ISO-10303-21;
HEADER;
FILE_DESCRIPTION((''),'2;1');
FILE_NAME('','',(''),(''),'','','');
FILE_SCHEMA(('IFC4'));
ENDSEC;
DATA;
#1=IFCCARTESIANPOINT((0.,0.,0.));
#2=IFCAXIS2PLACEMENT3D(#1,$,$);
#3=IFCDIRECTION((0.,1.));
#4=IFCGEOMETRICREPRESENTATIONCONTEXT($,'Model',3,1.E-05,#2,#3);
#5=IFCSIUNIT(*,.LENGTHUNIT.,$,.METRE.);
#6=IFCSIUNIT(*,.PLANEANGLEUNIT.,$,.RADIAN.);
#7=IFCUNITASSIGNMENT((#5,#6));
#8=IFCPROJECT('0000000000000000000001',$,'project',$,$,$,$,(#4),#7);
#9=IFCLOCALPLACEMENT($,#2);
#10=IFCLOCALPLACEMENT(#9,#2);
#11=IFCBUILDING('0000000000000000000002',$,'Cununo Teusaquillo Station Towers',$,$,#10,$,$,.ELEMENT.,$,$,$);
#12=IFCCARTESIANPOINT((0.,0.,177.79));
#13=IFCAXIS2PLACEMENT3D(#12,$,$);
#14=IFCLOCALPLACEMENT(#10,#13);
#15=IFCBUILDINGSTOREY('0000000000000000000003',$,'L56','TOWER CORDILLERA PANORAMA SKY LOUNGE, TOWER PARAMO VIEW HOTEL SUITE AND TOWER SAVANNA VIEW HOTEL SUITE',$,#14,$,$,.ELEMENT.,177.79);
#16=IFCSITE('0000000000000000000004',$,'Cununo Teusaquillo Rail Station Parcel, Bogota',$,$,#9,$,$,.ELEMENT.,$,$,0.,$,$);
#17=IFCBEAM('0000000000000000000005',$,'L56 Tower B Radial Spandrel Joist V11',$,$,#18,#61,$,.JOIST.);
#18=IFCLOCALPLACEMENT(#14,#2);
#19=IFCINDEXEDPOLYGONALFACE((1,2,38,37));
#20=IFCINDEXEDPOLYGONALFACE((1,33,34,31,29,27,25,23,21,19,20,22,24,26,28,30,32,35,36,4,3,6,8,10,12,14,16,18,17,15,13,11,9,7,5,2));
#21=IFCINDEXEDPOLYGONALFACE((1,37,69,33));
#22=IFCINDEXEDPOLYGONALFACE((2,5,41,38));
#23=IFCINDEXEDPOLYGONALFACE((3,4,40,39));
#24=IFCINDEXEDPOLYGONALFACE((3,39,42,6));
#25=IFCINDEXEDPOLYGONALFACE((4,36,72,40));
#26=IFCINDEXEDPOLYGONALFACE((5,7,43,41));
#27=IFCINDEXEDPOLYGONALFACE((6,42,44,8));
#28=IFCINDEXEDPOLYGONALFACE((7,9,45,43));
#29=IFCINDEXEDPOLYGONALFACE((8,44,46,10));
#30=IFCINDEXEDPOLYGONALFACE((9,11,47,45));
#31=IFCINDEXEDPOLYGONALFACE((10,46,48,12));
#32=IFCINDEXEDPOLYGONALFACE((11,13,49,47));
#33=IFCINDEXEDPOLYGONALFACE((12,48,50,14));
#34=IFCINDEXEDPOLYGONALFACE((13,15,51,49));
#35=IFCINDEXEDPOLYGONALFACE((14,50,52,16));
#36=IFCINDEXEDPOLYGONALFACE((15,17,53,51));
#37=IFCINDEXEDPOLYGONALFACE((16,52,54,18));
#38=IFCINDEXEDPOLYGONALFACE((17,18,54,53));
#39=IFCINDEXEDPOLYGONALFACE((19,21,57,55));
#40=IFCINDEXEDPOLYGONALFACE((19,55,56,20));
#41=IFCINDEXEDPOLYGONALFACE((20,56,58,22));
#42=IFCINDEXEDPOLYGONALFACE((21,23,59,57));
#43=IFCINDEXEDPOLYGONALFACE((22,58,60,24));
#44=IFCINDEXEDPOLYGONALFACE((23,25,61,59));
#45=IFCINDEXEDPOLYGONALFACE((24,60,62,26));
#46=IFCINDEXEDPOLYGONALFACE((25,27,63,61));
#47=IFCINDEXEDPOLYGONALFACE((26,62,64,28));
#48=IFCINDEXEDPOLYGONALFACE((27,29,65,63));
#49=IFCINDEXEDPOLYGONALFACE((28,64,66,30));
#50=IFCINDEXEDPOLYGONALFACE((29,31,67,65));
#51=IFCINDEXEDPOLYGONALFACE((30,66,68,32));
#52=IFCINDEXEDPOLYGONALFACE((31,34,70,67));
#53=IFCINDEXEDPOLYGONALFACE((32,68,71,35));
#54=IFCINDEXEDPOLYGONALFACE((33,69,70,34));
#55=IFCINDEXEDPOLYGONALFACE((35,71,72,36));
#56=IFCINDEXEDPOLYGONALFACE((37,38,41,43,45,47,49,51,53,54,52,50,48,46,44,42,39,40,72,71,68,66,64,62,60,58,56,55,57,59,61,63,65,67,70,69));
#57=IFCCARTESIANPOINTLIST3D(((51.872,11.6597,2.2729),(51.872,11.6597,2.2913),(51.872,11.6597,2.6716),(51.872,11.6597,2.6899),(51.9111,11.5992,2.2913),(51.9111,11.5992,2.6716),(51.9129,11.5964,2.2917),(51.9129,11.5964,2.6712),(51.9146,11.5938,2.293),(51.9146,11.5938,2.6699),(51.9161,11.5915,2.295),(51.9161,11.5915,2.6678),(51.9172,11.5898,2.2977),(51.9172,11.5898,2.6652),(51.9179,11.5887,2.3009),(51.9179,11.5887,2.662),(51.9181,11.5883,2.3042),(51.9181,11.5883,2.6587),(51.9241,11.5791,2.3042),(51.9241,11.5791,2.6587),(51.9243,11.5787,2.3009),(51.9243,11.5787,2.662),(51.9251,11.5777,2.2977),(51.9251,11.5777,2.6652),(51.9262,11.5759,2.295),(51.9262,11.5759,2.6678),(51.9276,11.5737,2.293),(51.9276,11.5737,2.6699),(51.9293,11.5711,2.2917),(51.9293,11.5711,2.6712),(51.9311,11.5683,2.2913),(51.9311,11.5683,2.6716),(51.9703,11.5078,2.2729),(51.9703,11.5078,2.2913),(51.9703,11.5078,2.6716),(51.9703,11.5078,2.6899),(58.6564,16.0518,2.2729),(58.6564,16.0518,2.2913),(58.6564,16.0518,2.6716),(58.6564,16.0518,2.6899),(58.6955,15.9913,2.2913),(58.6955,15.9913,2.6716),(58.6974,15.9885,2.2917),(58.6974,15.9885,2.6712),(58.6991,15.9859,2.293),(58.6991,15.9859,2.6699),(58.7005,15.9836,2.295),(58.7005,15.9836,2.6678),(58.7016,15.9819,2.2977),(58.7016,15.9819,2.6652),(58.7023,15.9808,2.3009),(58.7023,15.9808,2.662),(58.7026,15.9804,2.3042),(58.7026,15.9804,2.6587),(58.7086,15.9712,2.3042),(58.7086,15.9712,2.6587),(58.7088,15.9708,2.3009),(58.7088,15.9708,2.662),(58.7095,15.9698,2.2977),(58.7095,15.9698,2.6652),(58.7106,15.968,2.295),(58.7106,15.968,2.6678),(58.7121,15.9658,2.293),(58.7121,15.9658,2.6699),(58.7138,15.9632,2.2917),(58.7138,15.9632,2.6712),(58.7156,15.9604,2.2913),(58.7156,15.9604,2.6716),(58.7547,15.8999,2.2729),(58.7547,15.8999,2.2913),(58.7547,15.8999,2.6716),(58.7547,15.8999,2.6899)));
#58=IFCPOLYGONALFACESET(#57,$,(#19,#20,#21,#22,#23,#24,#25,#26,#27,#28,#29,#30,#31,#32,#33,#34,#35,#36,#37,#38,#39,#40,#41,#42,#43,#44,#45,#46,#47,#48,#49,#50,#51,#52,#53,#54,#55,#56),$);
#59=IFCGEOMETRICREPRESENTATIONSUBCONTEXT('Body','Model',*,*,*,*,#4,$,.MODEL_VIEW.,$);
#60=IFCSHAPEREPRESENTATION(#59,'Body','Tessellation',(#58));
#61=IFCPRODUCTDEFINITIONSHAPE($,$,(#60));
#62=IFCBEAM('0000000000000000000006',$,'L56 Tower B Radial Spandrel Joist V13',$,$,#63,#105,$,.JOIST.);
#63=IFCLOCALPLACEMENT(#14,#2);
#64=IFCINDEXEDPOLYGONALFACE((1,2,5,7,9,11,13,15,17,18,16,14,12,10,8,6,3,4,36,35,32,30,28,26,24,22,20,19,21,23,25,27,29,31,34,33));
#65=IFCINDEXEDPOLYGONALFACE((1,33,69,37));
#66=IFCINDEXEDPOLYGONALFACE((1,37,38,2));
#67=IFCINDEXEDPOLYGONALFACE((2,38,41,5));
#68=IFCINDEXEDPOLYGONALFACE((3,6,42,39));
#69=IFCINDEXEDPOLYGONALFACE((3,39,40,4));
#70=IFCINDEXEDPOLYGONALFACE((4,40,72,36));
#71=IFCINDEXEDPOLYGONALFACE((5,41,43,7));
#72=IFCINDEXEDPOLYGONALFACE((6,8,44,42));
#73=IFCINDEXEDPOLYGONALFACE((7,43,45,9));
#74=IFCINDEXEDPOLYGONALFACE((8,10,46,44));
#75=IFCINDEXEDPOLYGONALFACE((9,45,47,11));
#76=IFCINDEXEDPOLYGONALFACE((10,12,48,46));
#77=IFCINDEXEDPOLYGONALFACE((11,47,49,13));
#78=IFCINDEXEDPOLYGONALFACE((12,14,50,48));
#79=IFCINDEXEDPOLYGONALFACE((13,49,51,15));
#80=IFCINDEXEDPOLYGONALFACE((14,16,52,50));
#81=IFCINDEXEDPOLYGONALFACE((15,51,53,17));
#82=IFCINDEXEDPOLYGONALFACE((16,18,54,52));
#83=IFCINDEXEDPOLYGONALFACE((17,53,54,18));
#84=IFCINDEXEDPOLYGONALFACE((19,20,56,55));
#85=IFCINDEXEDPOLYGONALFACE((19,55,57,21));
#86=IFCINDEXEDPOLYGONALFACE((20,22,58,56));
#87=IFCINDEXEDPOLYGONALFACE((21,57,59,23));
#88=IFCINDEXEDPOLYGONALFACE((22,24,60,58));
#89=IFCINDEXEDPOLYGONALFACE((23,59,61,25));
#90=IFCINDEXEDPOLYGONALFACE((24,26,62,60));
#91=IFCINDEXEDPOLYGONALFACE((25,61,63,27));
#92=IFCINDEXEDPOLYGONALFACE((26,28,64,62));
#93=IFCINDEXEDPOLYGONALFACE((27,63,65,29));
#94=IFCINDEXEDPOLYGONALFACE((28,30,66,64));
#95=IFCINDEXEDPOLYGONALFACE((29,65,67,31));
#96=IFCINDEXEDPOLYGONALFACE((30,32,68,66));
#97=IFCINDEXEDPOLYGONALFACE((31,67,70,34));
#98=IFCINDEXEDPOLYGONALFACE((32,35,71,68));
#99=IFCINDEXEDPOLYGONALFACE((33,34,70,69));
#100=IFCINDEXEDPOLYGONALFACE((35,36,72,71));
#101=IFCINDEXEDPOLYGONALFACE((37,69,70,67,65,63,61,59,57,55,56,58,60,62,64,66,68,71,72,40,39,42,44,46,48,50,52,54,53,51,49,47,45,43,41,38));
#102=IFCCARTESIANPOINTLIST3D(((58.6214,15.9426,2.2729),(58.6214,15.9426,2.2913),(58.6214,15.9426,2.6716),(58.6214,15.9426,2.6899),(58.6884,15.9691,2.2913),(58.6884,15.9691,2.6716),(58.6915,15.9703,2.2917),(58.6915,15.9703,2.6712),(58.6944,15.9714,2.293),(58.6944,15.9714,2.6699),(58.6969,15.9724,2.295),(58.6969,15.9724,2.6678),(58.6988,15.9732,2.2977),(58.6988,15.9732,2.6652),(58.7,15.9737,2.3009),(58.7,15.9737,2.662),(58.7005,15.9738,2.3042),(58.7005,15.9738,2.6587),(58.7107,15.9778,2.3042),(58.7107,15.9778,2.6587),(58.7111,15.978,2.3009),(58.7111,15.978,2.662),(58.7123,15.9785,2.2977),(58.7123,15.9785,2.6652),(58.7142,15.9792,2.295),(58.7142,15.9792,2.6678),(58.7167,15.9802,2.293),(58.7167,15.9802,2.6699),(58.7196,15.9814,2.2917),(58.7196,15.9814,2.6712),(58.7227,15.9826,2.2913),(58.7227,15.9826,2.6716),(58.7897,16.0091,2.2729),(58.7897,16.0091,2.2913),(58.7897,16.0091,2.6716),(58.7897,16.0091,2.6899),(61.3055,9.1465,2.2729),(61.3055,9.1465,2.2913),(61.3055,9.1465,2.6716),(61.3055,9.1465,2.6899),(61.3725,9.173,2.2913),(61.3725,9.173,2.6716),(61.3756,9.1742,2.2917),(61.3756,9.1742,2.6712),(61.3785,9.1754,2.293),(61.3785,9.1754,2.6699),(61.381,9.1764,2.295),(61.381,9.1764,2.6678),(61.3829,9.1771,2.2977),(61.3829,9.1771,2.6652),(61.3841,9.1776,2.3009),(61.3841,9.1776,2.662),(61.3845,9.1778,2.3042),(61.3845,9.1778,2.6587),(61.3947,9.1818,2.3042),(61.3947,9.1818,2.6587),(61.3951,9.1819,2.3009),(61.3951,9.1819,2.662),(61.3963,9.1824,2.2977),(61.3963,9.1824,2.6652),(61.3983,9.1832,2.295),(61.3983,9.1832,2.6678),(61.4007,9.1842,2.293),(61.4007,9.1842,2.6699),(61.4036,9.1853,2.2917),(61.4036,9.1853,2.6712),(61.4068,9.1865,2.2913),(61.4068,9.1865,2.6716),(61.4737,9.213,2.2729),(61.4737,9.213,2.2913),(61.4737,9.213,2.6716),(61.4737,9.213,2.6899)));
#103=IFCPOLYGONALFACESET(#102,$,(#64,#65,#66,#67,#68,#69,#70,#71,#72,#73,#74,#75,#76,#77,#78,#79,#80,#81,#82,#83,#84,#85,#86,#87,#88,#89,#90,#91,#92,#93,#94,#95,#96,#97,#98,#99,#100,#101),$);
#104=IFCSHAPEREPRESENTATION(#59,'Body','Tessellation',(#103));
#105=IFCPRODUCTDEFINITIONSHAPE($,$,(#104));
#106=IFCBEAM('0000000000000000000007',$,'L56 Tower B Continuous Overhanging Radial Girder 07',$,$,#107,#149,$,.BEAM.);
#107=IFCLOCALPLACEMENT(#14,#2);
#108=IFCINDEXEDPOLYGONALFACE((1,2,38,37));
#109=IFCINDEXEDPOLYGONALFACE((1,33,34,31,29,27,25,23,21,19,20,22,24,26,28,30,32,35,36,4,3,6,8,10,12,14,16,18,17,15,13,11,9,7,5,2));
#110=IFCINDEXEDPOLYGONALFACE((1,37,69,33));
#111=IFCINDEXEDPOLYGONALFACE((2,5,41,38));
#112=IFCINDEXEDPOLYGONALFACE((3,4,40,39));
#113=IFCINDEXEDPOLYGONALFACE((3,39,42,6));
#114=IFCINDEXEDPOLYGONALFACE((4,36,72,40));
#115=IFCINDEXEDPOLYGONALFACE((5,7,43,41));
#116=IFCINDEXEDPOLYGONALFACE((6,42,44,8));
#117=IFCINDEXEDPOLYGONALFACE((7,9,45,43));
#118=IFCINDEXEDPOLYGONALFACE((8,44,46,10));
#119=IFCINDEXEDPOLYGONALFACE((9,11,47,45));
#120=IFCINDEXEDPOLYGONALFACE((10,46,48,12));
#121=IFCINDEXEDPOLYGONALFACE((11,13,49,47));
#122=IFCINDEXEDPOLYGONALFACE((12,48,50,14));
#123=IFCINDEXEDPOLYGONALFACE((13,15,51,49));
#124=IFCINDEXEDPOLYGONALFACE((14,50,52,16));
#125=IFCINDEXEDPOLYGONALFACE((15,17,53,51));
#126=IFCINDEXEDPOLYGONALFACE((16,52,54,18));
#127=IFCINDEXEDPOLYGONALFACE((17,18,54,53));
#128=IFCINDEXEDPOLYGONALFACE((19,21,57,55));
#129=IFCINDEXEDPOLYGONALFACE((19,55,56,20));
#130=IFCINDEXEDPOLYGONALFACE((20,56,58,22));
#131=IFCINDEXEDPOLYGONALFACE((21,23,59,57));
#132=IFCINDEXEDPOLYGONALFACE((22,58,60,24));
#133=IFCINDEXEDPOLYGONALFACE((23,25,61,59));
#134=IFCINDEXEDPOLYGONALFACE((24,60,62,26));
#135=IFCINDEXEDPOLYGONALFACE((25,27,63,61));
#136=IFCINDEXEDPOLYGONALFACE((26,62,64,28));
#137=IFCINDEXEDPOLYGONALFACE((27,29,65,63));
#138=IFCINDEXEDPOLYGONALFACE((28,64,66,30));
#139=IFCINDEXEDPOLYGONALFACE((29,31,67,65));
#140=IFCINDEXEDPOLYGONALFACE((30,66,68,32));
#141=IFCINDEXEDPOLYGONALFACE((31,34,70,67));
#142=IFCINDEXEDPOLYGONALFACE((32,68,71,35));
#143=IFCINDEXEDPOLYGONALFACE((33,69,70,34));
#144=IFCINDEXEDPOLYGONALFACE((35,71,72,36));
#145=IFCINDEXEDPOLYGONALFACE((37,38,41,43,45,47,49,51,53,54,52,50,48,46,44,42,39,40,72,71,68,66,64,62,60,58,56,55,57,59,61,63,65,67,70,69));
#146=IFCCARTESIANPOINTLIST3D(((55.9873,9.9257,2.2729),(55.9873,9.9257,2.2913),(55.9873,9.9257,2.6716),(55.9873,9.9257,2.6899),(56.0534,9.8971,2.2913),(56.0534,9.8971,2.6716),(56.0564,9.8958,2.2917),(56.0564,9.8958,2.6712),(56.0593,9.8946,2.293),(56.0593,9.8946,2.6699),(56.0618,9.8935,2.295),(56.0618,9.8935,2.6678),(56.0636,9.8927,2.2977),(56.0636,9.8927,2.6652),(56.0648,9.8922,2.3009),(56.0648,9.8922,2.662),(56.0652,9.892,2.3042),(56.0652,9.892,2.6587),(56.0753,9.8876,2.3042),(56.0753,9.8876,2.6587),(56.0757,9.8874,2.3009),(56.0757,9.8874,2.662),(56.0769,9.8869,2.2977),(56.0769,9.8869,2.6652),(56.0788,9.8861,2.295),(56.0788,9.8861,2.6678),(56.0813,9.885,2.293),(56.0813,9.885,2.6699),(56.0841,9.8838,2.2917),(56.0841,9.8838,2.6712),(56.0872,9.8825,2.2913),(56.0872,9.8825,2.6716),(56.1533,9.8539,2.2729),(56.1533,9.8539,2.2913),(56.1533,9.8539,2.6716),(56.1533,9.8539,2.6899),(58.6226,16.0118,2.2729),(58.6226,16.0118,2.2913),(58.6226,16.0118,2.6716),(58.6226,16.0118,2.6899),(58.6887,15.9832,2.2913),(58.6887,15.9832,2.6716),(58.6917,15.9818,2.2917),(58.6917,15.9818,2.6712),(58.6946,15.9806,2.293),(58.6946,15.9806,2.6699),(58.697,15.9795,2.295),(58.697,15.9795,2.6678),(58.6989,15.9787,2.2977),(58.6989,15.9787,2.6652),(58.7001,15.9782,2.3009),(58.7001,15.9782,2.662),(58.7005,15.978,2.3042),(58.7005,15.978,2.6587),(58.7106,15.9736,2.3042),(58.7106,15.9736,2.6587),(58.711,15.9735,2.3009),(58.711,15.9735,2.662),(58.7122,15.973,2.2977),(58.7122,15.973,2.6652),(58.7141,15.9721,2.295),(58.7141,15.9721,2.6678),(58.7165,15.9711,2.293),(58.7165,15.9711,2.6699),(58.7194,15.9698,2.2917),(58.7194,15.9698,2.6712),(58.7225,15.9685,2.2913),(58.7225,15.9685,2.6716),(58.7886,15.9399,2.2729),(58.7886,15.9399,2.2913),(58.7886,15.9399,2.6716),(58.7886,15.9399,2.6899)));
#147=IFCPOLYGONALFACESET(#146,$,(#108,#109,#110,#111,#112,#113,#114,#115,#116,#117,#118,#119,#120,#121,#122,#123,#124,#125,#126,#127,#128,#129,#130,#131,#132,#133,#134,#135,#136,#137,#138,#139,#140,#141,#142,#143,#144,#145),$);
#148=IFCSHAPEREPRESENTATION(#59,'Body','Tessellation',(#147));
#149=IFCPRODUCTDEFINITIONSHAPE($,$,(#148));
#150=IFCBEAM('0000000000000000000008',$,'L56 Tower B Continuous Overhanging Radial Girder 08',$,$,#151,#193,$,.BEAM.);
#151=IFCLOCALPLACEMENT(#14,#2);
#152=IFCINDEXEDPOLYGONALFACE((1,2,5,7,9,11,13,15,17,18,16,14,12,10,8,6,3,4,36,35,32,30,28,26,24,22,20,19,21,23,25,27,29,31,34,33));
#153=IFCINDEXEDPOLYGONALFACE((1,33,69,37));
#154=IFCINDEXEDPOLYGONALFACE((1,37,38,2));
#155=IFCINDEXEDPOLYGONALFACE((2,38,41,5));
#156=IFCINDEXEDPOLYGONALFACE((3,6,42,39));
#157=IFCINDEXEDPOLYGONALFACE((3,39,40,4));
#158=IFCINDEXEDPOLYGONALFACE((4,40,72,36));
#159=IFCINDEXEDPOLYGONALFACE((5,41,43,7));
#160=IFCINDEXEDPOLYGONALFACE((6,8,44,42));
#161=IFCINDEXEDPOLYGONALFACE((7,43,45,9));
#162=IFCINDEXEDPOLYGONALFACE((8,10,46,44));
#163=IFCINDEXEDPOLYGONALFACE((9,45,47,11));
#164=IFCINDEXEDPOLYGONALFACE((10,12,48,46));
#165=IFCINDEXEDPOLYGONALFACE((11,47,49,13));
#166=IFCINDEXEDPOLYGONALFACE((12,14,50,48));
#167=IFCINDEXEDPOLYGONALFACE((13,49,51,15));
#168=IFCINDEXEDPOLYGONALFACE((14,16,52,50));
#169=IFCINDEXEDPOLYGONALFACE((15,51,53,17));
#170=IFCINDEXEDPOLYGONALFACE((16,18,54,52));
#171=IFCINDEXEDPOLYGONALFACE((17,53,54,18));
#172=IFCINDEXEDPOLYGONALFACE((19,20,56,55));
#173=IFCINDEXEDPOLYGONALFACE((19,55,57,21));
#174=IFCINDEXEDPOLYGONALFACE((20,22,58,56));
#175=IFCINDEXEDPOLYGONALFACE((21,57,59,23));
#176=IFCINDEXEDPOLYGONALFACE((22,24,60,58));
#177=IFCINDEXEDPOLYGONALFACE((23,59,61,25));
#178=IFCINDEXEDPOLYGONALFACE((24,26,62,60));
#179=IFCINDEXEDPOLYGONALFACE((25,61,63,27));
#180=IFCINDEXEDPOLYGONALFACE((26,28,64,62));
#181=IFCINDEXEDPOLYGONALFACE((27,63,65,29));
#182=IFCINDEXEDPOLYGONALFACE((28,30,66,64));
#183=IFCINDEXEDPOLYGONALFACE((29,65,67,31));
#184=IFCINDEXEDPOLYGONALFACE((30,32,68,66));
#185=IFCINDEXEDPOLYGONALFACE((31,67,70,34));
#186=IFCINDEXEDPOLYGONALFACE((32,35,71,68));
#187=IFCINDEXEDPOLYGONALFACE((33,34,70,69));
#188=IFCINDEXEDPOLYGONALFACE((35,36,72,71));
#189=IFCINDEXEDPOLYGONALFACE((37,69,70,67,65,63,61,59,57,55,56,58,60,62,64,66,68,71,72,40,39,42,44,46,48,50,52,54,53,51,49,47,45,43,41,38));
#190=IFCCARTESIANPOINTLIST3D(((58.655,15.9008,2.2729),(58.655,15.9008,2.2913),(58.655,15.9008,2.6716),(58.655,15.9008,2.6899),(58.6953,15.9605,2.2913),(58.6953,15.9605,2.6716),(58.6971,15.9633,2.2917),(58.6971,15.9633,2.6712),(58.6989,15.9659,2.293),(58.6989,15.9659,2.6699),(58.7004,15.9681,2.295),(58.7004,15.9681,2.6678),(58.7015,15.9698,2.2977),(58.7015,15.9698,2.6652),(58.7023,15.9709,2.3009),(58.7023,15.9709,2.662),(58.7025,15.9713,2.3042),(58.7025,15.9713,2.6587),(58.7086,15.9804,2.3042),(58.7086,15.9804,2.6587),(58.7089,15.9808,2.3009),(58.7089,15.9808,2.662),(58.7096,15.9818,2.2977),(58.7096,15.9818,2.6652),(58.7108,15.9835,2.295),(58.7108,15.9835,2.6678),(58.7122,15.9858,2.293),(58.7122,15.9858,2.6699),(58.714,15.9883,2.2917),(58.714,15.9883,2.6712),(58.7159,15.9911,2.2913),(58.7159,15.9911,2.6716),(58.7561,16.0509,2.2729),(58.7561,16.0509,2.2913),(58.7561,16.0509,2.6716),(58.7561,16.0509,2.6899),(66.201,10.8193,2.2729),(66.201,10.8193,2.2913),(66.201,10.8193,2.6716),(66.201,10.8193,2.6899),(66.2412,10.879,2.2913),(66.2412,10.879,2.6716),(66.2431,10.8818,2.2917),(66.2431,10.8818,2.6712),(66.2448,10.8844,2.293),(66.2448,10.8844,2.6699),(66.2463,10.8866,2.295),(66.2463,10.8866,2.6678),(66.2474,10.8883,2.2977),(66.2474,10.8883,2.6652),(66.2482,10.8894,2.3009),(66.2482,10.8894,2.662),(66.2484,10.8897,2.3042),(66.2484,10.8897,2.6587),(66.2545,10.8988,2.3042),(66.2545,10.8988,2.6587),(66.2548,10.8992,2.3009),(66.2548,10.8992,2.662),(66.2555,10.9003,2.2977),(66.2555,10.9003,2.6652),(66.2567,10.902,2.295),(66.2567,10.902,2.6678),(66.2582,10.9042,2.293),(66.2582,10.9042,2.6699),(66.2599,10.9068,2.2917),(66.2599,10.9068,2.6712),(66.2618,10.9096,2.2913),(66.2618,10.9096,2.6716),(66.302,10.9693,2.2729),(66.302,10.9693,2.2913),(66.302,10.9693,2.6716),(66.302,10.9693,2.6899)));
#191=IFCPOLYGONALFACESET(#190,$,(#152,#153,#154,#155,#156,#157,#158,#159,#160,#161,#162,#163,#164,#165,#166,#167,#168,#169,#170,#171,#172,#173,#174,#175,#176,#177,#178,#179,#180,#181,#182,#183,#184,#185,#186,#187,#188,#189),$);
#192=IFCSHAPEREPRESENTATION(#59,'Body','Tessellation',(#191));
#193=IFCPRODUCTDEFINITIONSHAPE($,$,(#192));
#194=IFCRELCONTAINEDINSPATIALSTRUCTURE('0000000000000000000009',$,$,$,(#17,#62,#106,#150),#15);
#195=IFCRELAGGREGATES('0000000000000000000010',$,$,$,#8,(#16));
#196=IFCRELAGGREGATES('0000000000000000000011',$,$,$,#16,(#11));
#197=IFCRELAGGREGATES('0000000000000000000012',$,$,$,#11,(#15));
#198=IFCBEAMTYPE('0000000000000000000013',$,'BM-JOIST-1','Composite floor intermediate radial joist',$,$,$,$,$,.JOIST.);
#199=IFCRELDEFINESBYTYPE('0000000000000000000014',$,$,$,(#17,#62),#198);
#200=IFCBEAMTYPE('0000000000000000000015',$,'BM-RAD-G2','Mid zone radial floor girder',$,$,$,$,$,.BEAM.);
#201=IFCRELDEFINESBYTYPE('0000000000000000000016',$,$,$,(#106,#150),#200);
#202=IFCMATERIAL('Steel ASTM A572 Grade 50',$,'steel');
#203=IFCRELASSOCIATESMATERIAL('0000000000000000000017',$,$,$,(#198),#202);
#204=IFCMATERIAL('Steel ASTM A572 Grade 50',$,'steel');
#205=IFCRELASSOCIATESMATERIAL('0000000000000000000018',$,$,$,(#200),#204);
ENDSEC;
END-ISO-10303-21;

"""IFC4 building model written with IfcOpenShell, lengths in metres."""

from ifc_helpers import new_model, si_unit, direction, frame, origin, origin_2d, place, context, subcontext, project, spatial, i_section, extrude, material, material_profile, profile_set, type_object, element, save


model = new_model("IFC4")

# Units and contexts
model_context = context("Model", 3, precision=1e-05, world=origin(), true_north=direction((0.0, 1.0)))
body_context = subcontext(model_context, "Body", "Model", "MODEL_VIEW")
ifc_project = project(units=[si_unit("LENGTHUNIT", "METRE"), si_unit("PLANEANGLEUNIT", "RADIAN")], contexts=[model_context])

# Site, building, storey
site_placement = place(None, origin())
site = spatial("IfcSite", under=ifc_project, at=site_placement, Name="Cununo Teusaquillo Rail Station Parcel, Bogota", CompositionType="ELEMENT", RefElevation=0.0)
building_placement = place(site_placement, origin())
building = spatial("IfcBuilding", under=site, at=building_placement, Name="Cununo Teusaquillo Station Towers", CompositionType="ELEMENT")
storey_placement = place(building_placement, frame((0.0, 0.0, 177.79)))
storey = spatial("IfcBuildingStorey", under=building, at=storey_placement, Name="L56", Description="TOWER CORDILLERA PANORAMA SKY LOUNGE, TOWER PARAMO VIEW HOTEL SUITE AND TOWER SAVANNA VIEW HOTEL SUITE", CompositionType="ELEMENT", Elevation=177.79)

# Beams
ifc_material_1 = material(Name="Steel ASTM A572 Grade 50", Category="steel")
ifc_material_profile_1 = material_profile(ifc_material_1, i_section(OverallWidth=0.1809, OverallDepth=0.417, WebThickness=0.011, FlangeThickness=0.0183, FilletRadius=0.0129, at=origin_2d()), Name="W16X57")
ifc_profile_set_1 = profile_set([ifc_material_profile_1], Name="Steel ASTM A572 Grade 50")
beam_type_1 = type_object("IfcBeamType", Name="BM-JOIST-1", Description="Composite floor intermediate radial joist", PredefinedType="JOIST", material=ifc_profile_set_1)
beam_1_placement = place(storey_placement, frame((58.7056, 15.9758, 2.4814), z_axis=(-0.839448, -0.54344, 0.0), x_axis=(0.54344, -0.839448, 0.0)))
element("IfcBeam", 1, at=beam_1_placement, inside=storey, type_object=beam_type_1, Name="L56 Tower B Radial Spandrel Joist V11", PredefinedType="JOIST", context=body_context, shape_type="SweptSolid", body=[
    extrude(i_section(OverallWidth=0.1809, OverallDepth=0.417, WebThickness=0.011, FlangeThickness=0.0183, FilletRadius=0.0129, at=origin_2d()), origin(), (0.0, 0.0, 1.0), 8.082),
])
beam_2_placement = place(storey_placement, frame((58.7056, 15.9758, 2.4814), z_axis=(0.367332, -0.93009, 0.0), x_axis=(0.93009, 0.367332, 0.0)))
element("IfcBeam", 2, at=beam_2_placement, inside=storey, type_object=beam_type_1, Name="L56 Tower B Radial Spandrel Joist V13", PredefinedType="JOIST", context=body_context, shape_type="SweptSolid", body=[
    extrude(i_section(OverallWidth=0.1809, OverallDepth=0.417, WebThickness=0.011, FlangeThickness=0.0183, FilletRadius=0.0129, at=origin_2d()), origin(), (0.0, 0.0, 1.0), 7.3069),
])
ifc_material_2 = material(Name="Steel ASTM A572 Grade 50", Category="steel")
ifc_material_profile_2 = material_profile(ifc_material_2, i_section(OverallWidth=0.1809, OverallDepth=0.417, WebThickness=0.011, FlangeThickness=0.0183, FilletRadius=0.0129, at=origin_2d()), Name="W16X57")
ifc_profile_set_2 = profile_set([ifc_material_profile_2], Name="Steel ASTM A572 Grade 50")
beam_type_2 = type_object("IfcBeamType", Name="BM-RAD-G2", Description="Mid zone radial floor girder", PredefinedType="BEAM", material=ifc_profile_set_2)
beam_3_placement = place(storey_placement, frame((58.7056, 15.9758, 2.4814), z_axis=(-0.397355, -0.917665, 0.0), x_axis=(0.917665, -0.397355, 0.0)))
element("IfcBeam", 3, at=beam_3_placement, inside=storey, type_object=beam_type_2, Name="L56 Tower B Continuous Overhanging Radial Girder 07", PredefinedType="BEAM", context=body_context, shape_type="SweptSolid", body=[
    extrude(i_section(OverallWidth=0.1809, OverallDepth=0.417, WebThickness=0.011, FlangeThickness=0.0183, FilletRadius=0.0129, at=origin_2d()), origin(), (0.0, 0.0, 1.0), 6.6321),
])
beam_4_placement = place(storey_placement, frame((58.7056, 15.9758, 2.4814), z_axis=(0.829457, -0.558571, 0.0), x_axis=(0.558571, 0.829457, 0.0)))
element("IfcBeam", 4, at=beam_4_placement, inside=storey, type_object=beam_type_2, Name="L56 Tower B Continuous Overhanging Radial Girder 08", PredefinedType="BEAM", context=body_context, shape_type="SweptSolid", body=[
    extrude(i_section(OverallWidth=0.1809, OverallDepth=0.417, WebThickness=0.011, FlangeThickness=0.0183, FilletRadius=0.0129, at=origin_2d()), origin(), (0.0, 0.0, 1.0), 9.0974),
])

save(model, "model.ifc")
